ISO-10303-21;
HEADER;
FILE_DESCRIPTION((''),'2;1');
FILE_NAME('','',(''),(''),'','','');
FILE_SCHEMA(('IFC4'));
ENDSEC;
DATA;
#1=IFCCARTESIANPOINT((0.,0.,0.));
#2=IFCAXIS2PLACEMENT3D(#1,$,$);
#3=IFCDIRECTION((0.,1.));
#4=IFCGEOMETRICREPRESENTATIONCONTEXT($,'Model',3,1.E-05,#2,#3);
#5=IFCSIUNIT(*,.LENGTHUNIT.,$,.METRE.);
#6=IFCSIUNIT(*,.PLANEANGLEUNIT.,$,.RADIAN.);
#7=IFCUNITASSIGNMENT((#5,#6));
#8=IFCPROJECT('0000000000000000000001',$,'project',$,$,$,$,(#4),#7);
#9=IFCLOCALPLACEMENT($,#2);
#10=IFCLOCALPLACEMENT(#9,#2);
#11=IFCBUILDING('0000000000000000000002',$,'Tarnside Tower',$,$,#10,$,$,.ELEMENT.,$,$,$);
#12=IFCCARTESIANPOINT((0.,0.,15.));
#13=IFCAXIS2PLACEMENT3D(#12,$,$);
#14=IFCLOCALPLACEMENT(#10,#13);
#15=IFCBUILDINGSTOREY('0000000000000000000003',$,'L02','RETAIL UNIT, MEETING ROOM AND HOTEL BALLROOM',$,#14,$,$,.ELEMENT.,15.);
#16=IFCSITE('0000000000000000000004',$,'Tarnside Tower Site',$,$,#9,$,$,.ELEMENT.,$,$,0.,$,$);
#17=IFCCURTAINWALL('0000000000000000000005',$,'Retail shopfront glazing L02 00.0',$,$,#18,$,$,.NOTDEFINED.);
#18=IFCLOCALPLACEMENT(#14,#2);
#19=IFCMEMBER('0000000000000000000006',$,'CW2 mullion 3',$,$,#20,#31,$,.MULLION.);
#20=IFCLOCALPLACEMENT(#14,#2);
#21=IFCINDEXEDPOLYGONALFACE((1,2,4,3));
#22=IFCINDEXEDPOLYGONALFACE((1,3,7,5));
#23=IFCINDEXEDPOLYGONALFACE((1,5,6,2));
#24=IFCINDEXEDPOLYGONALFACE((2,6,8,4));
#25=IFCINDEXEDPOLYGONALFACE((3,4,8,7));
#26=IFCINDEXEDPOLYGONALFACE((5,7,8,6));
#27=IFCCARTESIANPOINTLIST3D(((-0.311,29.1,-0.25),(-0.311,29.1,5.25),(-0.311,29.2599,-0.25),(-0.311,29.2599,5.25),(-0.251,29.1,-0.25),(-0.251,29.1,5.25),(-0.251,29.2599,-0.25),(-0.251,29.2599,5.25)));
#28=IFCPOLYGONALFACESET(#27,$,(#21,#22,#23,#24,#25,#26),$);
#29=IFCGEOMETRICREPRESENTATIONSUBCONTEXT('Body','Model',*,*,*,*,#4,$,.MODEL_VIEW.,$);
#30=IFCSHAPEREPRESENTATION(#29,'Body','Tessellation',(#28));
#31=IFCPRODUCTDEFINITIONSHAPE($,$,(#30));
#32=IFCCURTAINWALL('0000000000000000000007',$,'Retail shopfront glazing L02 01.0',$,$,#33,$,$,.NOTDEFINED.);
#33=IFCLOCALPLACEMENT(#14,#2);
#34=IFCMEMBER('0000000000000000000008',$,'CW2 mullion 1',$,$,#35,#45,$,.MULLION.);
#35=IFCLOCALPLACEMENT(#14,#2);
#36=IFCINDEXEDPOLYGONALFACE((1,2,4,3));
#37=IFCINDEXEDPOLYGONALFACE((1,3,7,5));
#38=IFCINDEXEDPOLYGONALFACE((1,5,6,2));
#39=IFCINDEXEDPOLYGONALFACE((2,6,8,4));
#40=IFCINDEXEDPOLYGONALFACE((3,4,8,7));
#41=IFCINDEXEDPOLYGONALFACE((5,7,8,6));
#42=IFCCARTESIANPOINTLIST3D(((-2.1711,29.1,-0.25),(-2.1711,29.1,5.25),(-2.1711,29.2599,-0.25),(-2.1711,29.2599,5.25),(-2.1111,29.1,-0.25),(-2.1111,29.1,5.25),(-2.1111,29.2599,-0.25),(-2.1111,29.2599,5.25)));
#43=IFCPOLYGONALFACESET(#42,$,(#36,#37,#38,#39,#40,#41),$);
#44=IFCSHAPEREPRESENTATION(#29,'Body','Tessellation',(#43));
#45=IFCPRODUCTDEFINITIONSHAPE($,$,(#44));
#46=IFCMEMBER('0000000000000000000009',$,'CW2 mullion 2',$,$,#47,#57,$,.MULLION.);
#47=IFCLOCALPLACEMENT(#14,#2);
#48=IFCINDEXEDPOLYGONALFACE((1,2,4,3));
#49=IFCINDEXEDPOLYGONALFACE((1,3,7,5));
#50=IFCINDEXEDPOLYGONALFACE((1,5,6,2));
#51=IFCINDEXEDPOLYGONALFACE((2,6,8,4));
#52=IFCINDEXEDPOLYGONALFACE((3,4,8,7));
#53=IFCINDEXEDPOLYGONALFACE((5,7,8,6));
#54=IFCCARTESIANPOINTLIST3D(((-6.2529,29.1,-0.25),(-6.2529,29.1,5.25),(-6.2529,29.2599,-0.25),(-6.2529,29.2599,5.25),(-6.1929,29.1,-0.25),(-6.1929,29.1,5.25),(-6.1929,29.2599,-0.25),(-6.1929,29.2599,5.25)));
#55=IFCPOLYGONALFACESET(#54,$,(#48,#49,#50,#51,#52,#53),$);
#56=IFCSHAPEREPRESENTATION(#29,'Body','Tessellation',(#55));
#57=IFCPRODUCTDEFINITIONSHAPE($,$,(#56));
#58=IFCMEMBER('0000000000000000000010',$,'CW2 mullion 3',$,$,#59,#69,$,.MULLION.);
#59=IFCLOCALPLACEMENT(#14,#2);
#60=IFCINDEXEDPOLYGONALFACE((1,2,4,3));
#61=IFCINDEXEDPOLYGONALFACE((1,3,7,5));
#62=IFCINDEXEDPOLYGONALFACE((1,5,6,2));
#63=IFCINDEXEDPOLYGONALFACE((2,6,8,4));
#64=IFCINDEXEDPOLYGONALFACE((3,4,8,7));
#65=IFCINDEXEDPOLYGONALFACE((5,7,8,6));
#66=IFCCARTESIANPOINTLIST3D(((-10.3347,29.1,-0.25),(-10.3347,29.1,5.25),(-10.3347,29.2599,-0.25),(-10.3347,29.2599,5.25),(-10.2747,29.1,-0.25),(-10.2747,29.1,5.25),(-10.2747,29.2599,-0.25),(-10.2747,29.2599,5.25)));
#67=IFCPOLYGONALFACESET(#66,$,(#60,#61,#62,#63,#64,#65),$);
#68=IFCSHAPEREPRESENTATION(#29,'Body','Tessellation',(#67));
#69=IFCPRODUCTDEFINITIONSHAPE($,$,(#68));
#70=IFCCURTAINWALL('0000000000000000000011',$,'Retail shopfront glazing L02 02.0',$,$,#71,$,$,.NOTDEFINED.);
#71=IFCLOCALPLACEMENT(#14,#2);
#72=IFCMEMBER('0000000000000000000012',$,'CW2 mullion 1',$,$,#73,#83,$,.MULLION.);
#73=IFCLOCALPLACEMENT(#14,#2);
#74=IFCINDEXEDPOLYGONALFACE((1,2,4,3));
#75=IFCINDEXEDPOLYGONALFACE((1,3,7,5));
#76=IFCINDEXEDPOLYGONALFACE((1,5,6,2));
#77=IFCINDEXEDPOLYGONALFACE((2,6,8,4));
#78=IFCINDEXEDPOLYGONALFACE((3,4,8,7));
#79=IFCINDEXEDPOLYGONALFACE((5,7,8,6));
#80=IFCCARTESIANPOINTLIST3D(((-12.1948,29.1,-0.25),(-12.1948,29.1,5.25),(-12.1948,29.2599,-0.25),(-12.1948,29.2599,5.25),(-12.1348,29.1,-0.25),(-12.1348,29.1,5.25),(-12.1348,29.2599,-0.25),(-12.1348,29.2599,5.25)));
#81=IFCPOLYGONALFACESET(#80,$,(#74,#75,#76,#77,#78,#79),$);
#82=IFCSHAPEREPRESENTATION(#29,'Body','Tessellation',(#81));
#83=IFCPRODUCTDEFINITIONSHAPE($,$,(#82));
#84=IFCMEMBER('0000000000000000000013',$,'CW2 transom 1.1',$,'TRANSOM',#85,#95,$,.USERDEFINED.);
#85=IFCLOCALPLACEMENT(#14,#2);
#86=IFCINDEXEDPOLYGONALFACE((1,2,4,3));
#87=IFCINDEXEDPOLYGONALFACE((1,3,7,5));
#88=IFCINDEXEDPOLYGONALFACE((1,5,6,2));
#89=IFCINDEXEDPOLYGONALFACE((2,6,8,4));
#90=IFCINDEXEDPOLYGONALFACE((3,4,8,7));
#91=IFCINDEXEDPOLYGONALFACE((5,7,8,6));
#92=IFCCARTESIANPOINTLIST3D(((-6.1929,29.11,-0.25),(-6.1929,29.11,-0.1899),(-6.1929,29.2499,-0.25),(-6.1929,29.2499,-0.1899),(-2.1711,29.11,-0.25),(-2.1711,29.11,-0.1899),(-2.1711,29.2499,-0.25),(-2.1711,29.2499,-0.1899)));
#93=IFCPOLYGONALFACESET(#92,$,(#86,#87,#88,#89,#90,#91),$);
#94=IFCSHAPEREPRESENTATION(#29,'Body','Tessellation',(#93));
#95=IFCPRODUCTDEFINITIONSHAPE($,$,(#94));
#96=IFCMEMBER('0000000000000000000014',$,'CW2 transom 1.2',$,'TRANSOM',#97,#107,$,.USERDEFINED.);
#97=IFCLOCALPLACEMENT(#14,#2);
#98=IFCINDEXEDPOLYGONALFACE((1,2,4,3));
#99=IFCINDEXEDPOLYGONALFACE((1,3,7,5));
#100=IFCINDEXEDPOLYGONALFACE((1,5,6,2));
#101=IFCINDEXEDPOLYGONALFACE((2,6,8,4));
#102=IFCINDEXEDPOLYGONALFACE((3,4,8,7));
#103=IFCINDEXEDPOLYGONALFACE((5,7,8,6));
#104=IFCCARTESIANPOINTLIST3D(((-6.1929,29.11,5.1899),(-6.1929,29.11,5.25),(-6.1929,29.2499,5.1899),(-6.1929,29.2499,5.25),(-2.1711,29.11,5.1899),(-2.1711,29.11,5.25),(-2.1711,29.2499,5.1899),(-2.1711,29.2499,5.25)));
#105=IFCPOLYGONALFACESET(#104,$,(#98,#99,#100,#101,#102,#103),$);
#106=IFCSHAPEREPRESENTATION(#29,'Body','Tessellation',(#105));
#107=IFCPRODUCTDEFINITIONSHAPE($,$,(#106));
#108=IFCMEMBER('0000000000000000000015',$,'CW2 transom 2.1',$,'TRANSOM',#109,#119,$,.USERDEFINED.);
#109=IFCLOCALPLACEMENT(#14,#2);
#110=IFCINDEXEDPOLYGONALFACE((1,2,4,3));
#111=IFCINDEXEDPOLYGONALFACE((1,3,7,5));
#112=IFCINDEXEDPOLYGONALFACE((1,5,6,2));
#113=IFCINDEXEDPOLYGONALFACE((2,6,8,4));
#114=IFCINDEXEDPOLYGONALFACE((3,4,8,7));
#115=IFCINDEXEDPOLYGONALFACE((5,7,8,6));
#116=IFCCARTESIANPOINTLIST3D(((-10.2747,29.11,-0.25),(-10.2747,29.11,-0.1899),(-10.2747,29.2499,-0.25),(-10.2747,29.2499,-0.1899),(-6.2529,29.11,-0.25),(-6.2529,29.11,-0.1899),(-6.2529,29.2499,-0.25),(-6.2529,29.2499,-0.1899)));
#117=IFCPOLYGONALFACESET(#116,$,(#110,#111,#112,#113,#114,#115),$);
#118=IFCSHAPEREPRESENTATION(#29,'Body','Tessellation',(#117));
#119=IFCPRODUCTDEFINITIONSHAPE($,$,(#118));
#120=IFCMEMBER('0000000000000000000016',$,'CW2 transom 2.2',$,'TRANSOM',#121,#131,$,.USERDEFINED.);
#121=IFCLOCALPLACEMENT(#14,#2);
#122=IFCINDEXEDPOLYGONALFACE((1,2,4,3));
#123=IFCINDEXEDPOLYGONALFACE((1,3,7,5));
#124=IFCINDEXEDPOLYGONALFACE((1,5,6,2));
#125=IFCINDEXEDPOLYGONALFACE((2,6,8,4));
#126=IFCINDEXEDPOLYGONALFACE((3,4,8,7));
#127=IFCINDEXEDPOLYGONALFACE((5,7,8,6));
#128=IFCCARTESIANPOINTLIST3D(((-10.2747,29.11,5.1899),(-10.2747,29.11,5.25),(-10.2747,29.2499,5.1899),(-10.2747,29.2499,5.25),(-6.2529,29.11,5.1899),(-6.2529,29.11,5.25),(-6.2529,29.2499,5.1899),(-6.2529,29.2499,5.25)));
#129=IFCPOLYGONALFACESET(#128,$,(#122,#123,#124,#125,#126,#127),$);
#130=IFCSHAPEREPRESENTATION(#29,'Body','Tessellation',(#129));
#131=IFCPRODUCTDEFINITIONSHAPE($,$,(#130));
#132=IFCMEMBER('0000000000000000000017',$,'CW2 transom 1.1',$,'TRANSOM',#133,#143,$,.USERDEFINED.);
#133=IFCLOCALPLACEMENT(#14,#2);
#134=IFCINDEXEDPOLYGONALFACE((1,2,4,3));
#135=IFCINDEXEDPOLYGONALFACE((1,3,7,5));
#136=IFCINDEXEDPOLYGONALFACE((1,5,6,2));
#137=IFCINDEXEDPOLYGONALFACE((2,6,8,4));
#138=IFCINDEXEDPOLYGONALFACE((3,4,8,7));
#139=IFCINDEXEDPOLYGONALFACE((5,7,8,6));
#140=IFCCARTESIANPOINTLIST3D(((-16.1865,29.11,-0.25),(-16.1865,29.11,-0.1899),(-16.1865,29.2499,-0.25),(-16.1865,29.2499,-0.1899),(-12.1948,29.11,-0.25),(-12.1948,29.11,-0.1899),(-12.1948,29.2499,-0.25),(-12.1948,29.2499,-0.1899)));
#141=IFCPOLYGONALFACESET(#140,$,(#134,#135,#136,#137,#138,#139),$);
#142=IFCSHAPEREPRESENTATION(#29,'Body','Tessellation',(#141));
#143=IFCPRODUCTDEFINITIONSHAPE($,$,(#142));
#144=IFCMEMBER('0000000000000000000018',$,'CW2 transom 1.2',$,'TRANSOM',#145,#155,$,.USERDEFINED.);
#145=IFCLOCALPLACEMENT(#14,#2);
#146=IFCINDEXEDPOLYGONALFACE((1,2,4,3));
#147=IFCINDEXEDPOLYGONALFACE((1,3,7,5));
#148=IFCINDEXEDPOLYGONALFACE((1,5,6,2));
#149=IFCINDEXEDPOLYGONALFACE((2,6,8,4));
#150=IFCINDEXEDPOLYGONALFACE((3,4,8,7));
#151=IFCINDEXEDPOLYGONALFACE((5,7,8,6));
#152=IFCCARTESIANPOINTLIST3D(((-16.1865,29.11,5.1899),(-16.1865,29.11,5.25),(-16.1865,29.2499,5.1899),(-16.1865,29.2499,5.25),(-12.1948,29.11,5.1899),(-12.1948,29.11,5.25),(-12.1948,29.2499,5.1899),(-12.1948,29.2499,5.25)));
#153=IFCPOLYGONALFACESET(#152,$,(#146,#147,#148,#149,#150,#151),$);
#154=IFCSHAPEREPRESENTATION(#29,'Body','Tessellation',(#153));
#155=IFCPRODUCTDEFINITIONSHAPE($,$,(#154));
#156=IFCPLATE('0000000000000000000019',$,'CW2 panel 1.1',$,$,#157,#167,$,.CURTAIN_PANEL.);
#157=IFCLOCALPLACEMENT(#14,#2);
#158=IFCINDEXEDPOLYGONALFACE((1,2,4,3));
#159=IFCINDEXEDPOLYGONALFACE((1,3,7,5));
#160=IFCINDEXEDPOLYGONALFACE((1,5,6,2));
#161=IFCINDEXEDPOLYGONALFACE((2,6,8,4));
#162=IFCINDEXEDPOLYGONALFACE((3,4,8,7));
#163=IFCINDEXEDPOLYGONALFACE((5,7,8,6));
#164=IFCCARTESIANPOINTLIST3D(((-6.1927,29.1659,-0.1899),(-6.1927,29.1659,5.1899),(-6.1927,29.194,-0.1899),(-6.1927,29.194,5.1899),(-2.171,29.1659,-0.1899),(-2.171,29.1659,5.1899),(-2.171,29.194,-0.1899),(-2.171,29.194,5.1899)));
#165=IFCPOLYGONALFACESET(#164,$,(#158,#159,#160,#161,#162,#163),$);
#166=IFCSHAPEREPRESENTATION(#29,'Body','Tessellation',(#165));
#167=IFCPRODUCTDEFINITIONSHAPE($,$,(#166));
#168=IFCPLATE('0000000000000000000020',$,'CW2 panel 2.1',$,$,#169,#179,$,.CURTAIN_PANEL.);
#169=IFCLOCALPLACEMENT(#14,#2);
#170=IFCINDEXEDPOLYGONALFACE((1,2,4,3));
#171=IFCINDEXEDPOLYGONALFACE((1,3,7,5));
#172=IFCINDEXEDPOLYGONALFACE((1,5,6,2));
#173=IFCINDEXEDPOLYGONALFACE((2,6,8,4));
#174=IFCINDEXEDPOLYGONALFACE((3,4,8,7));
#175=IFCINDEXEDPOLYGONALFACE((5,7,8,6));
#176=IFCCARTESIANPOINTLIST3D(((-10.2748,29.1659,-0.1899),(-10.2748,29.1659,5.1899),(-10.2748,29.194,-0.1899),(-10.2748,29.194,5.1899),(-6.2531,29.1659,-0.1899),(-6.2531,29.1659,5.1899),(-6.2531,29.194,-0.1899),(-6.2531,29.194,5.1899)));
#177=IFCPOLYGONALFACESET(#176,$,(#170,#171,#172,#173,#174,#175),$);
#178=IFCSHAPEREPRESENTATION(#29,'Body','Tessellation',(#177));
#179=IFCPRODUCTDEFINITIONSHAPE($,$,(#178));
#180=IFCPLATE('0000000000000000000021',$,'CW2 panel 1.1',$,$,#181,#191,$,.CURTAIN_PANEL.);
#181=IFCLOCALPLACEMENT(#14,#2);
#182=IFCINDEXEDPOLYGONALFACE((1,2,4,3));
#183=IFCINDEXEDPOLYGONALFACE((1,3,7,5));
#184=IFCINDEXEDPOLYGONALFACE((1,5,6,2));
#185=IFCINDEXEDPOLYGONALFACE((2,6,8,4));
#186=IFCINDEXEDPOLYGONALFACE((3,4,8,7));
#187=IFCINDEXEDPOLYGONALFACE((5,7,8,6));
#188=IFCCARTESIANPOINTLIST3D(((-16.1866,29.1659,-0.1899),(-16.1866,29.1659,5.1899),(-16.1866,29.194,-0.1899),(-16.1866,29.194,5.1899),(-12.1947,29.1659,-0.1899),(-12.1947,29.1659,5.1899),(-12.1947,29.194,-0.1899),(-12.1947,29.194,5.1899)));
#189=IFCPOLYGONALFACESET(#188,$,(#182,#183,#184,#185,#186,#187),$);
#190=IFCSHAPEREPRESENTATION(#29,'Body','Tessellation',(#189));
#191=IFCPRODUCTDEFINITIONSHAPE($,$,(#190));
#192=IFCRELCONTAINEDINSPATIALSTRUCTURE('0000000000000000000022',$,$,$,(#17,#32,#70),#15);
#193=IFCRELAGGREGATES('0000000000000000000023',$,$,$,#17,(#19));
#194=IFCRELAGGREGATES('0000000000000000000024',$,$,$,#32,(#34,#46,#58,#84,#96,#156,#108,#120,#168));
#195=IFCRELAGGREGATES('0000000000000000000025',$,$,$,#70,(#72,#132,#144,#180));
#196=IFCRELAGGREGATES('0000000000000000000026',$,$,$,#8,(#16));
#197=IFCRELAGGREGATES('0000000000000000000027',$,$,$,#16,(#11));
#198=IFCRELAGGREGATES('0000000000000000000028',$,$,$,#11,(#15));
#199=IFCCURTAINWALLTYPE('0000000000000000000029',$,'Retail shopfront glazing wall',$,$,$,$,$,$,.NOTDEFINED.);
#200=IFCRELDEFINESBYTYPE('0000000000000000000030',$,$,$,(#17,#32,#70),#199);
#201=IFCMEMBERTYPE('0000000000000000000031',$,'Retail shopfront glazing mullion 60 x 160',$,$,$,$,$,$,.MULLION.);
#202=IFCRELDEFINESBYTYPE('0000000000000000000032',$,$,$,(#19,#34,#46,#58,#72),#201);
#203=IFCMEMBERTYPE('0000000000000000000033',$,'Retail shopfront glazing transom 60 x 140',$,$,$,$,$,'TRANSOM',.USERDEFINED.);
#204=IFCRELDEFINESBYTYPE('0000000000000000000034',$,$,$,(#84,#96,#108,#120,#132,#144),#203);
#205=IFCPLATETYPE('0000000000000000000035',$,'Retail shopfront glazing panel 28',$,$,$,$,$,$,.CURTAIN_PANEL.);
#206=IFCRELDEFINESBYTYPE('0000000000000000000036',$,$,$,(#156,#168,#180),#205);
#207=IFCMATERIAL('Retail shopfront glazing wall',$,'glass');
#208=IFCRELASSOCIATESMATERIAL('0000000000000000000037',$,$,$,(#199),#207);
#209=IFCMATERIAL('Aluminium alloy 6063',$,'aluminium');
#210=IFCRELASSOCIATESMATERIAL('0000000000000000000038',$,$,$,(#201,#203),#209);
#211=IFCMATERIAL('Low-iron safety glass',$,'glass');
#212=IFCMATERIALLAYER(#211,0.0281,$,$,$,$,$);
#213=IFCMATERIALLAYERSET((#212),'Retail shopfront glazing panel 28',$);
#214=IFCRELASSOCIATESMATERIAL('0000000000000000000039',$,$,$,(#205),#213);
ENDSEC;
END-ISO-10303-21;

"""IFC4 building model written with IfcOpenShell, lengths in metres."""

from ifc_helpers import new_model, si_unit, direction, frame, origin, origin_2d, place, context, subcontext, project, spatial, rectangle, extrude, material, layer, layer_set, material_profile, profile_set, type_object, element, aggregate, save


model = new_model("IFC4")

# Units and contexts
model_context = context("Model", 3, precision=1e-05, world=origin(), true_north=direction((0.0, 1.0)))
body_context = subcontext(model_context, "Body", "Model", "MODEL_VIEW")
ifc_project = project(units=[si_unit("LENGTHUNIT", "METRE"), si_unit("PLANEANGLEUNIT", "RADIAN")], contexts=[model_context])

# Site, building, storey
site_placement = place(None, origin())
site = spatial("IfcSite", under=ifc_project, at=site_placement, Name="Tarnside Tower Site", CompositionType="ELEMENT", RefElevation=0.0)
building_placement = place(site_placement, origin())
building = spatial("IfcBuilding", under=site, at=building_placement, Name="Tarnside Tower", CompositionType="ELEMENT")
storey_placement = place(building_placement, frame((0.0, 0.0, 15.0)))
storey = spatial("IfcBuildingStorey", under=building, at=storey_placement, Name="L02", Description="RETAIL UNIT, MEETING ROOM AND HOTEL BALLROOM", CompositionType="ELEMENT", Elevation=15.0)

# Curtain wall, member
ifc_material_1 = material(Name="Retail shopfront glazing wall", Category="glass")
curtain_wall_type = type_object("IfcCurtainWallType", Name="Retail shopfront glazing wall", PredefinedType="NOTDEFINED", material=ifc_material_1)
curtain_wall_1_placement = place(storey_placement, origin())
curtain_wall_1 = element("IfcCurtainWall", 1, at=curtain_wall_1_placement, inside=storey, type_object=curtain_wall_type, Name="Retail shopfront glazing L02 00.0", PredefinedType="NOTDEFINED")
ifc_material_2 = material(Name="Aluminium alloy 6063", Category="aluminium")
ifc_material_profile_1 = material_profile(ifc_material_2, rectangle(XDim=0.1599, YDim=0.0601, at=origin_2d()), Name="Retail shopfront glazing mullion 60 x 160")
ifc_profile_set_1 = profile_set([ifc_material_profile_1], Name="Aluminium alloy 6063")
member_type_1 = type_object("IfcMemberType", Name="Retail shopfront glazing mullion 60 x 160", PredefinedType="MULLION", material=ifc_profile_set_1)
member_1_placement = place(storey_placement, frame((-0.281, 29.1799, -0.25), z_axis=(0.0, 0.0, 1.0), x_axis=(0.0, -1.0, 0.0)))
member_1 = element("IfcMember", 2, at=member_1_placement, type_object=member_type_1, Name="CW2 mullion 3", PredefinedType="MULLION", context=body_context, shape_type="SweptSolid", body=[
    extrude(rectangle(XDim=0.1599, YDim=0.0601, at=origin_2d()), origin(), (0.0, 0.0, 1.0), 5.5),
])
aggregate(curtain_wall_1, [member_1])

# Curtain wall, members
curtain_wall_2_placement = place(storey_placement, origin())
curtain_wall_2 = element("IfcCurtainWall", 3, at=curtain_wall_2_placement, inside=storey, type_object=curtain_wall_type, Name="Retail shopfront glazing L02 01.0", PredefinedType="NOTDEFINED")
member_2_placement = place(storey_placement, frame((-2.1411, 29.1799, -0.25), z_axis=(0.0, 0.0, 1.0), x_axis=(0.0, -1.0, 0.0)))
member_2 = element("IfcMember", 4, at=member_2_placement, type_object=member_type_1, Name="CW2 mullion 1", PredefinedType="MULLION", context=body_context, shape_type="SweptSolid", body=[
    extrude(rectangle(XDim=0.1599, YDim=0.0601, at=origin_2d()), origin(), (0.0, 0.0, 1.0), 5.5),
])
member_3_placement = place(storey_placement, frame((-6.2229, 29.1799, -0.25), z_axis=(0.0, 0.0, 1.0), x_axis=(0.0, -1.0, 0.0)))
member_3 = element("IfcMember", 5, at=member_3_placement, type_object=member_type_1, Name="CW2 mullion 2", PredefinedType="MULLION", context=body_context, shape_type="SweptSolid", body=[
    extrude(rectangle(XDim=0.1599, YDim=0.0601, at=origin_2d()), origin(), (0.0, 0.0, 1.0), 5.5),
])
member_4_placement = place(storey_placement, frame((-10.3047, 29.1799, -0.25), z_axis=(0.0, 0.0, 1.0), x_axis=(0.0, -1.0, 0.0)))
member_4 = element("IfcMember", 6, at=member_4_placement, type_object=member_type_1, Name="CW2 mullion 3", PredefinedType="MULLION", context=body_context, shape_type="SweptSolid", body=[
    extrude(rectangle(XDim=0.1599, YDim=0.0601, at=origin_2d()), origin(), (0.0, 0.0, 1.0), 5.5),
])

# Curtain wall, member
curtain_wall_3_placement = place(storey_placement, origin())
curtain_wall_3 = element("IfcCurtainWall", 7, at=curtain_wall_3_placement, inside=storey, type_object=curtain_wall_type, Name="Retail shopfront glazing L02 02.0", PredefinedType="NOTDEFINED")
member_5_placement = place(storey_placement, frame((-12.1648, 29.1799, -0.25), z_axis=(0.0, 0.0, 1.0), x_axis=(0.0, -1.0, 0.0)))
member_5 = element("IfcMember", 8, at=member_5_placement, type_object=member_type_1, Name="CW2 mullion 1", PredefinedType="MULLION", context=body_context, shape_type="SweptSolid", body=[
    extrude(rectangle(XDim=0.1599, YDim=0.0601, at=origin_2d()), origin(), (0.0, 0.0, 1.0), 5.5),
])

# Members
ifc_material_profile_2 = material_profile(ifc_material_2, rectangle(XDim=0.1399, YDim=0.0601, at=origin_2d()), Name="Retail shopfront glazing transom 60 x 140")
ifc_profile_set_2 = profile_set([ifc_material_profile_2], Name="Aluminium alloy 6063")
member_type_2 = type_object("IfcMemberType", Name="Retail shopfront glazing transom 60 x 140", ElementType="TRANSOM", PredefinedType="USERDEFINED", material=ifc_profile_set_2)
member_6_placement = place(storey_placement, frame((-2.1711, 29.1799, -0.22), z_axis=(-1.0, 0.0, 0.0), x_axis=(0.0, -1.0, 0.0)))
member_6 = element("IfcMember", 9, at=member_6_placement, type_object=member_type_2, Name="CW2 transom 1.1", ObjectType="TRANSOM", PredefinedType="USERDEFINED", context=body_context, shape_type="SweptSolid", body=[
    extrude(rectangle(XDim=0.1399, YDim=0.0601, at=origin_2d()), origin(), (0.0, 0.0, 1.0), 4.0217),
])
member_7_placement = place(storey_placement, frame((-2.1711, 29.1799, 5.22), z_axis=(-1.0, 0.0, 0.0), x_axis=(0.0, -1.0, 0.0)))
member_7 = element("IfcMember", 10, at=member_7_placement, type_object=member_type_2, Name="CW2 transom 1.2", ObjectType="TRANSOM", PredefinedType="USERDEFINED", context=body_context, shape_type="SweptSolid", body=[
    extrude(rectangle(XDim=0.1399, YDim=0.0601, at=origin_2d()), origin(), (0.0, 0.0, 1.0), 4.0217),
])
member_8_placement = place(storey_placement, frame((-6.2529, 29.1799, -0.22), z_axis=(-1.0, 0.0, 0.0), x_axis=(0.0, -1.0, 0.0)))
member_8 = element("IfcMember", 11, at=member_8_placement, type_object=member_type_2, Name="CW2 transom 2.1", ObjectType="TRANSOM", PredefinedType="USERDEFINED", context=body_context, shape_type="SweptSolid", body=[
    extrude(rectangle(XDim=0.1399, YDim=0.0601, at=origin_2d()), origin(), (0.0, 0.0, 1.0), 4.0217),
])
member_9_placement = place(storey_placement, frame((-6.2529, 29.1799, 5.22), z_axis=(-1.0, 0.0, 0.0), x_axis=(0.0, -1.0, 0.0)))
member_9 = element("IfcMember", 12, at=member_9_placement, type_object=member_type_2, Name="CW2 transom 2.2", ObjectType="TRANSOM", PredefinedType="USERDEFINED", context=body_context, shape_type="SweptSolid", body=[
    extrude(rectangle(XDim=0.1399, YDim=0.0601, at=origin_2d()), origin(), (0.0, 0.0, 1.0), 4.0217),
])
member_10_placement = place(storey_placement, frame((-12.1948, 29.1799, -0.22), z_axis=(-1.0, 0.0, 0.0), x_axis=(0.0, -1.0, 0.0)))
member_10 = element("IfcMember", 13, at=member_10_placement, type_object=member_type_2, Name="CW2 transom 1.1", ObjectType="TRANSOM", PredefinedType="USERDEFINED", context=body_context, shape_type="SweptSolid", body=[
    extrude(rectangle(XDim=0.1399, YDim=0.0601, at=origin_2d()), origin(), (0.0, 0.0, 1.0), 3.9917),
])
member_11_placement = place(storey_placement, frame((-12.1948, 29.1799, 5.22), z_axis=(-1.0, 0.0, 0.0), x_axis=(0.0, -1.0, 0.0)))
member_11 = element("IfcMember", 14, at=member_11_placement, type_object=member_type_2, Name="CW2 transom 1.2", ObjectType="TRANSOM", PredefinedType="USERDEFINED", context=body_context, shape_type="SweptSolid", body=[
    extrude(rectangle(XDim=0.1399, YDim=0.0601, at=origin_2d()), origin(), (0.0, 0.0, 1.0), 3.9917),
])

# Plates
ifc_material_3 = material(Name="Low-iron safety glass", Category="glass")
ifc_layer_1 = layer(ifc_material_3, 0.0281)
ifc_layer_set_1 = layer_set([ifc_layer_1], Name="Retail shopfront glazing panel 28")
plate_type = type_object("IfcPlateType", Name="Retail shopfront glazing panel 28", PredefinedType="CURTAIN_PANEL", material=ifc_layer_set_1)
plate_1_placement = place(storey_placement, frame((-4.1819, 29.1799, -0.1899), z_axis=(0.0, 0.0, 1.0), x_axis=(-1.0, 0.0, 0.0)))
plate_1 = element("IfcPlate", 15, at=plate_1_placement, type_object=plate_type, Name="CW2 panel 1.1", PredefinedType="CURTAIN_PANEL", context=body_context, shape_type="SweptSolid", body=[
    extrude(rectangle(XDim=4.0217, YDim=0.0281, at=origin_2d()), origin(), (0.0, 0.0, 1.0), 5.3799),
])
plate_2_placement = place(storey_placement, frame((-8.2639, 29.1799, -0.1899), z_axis=(0.0, 0.0, 1.0), x_axis=(-1.0, 0.0, 0.0)))
plate_2 = element("IfcPlate", 16, at=plate_2_placement, type_object=plate_type, Name="CW2 panel 2.1", PredefinedType="CURTAIN_PANEL", context=body_context, shape_type="SweptSolid", body=[
    extrude(rectangle(XDim=4.0217, YDim=0.0281, at=origin_2d()), origin(), (0.0, 0.0, 1.0), 5.3799),
])
aggregate(curtain_wall_2, [member_2, member_3, member_4, member_6, member_7, plate_1, member_8, member_9, plate_2])
plate_3_placement = place(storey_placement, frame((-14.1907, 29.1799, -0.1899), z_axis=(0.0, 0.0, 1.0), x_axis=(-1.0, 0.0, 0.0)))
plate_3 = element("IfcPlate", 17, at=plate_3_placement, type_object=plate_type, Name="CW2 panel 1.1", PredefinedType="CURTAIN_PANEL", context=body_context, shape_type="SweptSolid", body=[
    extrude(rectangle(XDim=3.9919, YDim=0.0281, at=origin_2d()), origin(), (0.0, 0.0, 1.0), 5.3799),
])
aggregate(curtain_wall_3, [member_5, member_10, member_11, plate_3])

save(model, "model.ifc")
